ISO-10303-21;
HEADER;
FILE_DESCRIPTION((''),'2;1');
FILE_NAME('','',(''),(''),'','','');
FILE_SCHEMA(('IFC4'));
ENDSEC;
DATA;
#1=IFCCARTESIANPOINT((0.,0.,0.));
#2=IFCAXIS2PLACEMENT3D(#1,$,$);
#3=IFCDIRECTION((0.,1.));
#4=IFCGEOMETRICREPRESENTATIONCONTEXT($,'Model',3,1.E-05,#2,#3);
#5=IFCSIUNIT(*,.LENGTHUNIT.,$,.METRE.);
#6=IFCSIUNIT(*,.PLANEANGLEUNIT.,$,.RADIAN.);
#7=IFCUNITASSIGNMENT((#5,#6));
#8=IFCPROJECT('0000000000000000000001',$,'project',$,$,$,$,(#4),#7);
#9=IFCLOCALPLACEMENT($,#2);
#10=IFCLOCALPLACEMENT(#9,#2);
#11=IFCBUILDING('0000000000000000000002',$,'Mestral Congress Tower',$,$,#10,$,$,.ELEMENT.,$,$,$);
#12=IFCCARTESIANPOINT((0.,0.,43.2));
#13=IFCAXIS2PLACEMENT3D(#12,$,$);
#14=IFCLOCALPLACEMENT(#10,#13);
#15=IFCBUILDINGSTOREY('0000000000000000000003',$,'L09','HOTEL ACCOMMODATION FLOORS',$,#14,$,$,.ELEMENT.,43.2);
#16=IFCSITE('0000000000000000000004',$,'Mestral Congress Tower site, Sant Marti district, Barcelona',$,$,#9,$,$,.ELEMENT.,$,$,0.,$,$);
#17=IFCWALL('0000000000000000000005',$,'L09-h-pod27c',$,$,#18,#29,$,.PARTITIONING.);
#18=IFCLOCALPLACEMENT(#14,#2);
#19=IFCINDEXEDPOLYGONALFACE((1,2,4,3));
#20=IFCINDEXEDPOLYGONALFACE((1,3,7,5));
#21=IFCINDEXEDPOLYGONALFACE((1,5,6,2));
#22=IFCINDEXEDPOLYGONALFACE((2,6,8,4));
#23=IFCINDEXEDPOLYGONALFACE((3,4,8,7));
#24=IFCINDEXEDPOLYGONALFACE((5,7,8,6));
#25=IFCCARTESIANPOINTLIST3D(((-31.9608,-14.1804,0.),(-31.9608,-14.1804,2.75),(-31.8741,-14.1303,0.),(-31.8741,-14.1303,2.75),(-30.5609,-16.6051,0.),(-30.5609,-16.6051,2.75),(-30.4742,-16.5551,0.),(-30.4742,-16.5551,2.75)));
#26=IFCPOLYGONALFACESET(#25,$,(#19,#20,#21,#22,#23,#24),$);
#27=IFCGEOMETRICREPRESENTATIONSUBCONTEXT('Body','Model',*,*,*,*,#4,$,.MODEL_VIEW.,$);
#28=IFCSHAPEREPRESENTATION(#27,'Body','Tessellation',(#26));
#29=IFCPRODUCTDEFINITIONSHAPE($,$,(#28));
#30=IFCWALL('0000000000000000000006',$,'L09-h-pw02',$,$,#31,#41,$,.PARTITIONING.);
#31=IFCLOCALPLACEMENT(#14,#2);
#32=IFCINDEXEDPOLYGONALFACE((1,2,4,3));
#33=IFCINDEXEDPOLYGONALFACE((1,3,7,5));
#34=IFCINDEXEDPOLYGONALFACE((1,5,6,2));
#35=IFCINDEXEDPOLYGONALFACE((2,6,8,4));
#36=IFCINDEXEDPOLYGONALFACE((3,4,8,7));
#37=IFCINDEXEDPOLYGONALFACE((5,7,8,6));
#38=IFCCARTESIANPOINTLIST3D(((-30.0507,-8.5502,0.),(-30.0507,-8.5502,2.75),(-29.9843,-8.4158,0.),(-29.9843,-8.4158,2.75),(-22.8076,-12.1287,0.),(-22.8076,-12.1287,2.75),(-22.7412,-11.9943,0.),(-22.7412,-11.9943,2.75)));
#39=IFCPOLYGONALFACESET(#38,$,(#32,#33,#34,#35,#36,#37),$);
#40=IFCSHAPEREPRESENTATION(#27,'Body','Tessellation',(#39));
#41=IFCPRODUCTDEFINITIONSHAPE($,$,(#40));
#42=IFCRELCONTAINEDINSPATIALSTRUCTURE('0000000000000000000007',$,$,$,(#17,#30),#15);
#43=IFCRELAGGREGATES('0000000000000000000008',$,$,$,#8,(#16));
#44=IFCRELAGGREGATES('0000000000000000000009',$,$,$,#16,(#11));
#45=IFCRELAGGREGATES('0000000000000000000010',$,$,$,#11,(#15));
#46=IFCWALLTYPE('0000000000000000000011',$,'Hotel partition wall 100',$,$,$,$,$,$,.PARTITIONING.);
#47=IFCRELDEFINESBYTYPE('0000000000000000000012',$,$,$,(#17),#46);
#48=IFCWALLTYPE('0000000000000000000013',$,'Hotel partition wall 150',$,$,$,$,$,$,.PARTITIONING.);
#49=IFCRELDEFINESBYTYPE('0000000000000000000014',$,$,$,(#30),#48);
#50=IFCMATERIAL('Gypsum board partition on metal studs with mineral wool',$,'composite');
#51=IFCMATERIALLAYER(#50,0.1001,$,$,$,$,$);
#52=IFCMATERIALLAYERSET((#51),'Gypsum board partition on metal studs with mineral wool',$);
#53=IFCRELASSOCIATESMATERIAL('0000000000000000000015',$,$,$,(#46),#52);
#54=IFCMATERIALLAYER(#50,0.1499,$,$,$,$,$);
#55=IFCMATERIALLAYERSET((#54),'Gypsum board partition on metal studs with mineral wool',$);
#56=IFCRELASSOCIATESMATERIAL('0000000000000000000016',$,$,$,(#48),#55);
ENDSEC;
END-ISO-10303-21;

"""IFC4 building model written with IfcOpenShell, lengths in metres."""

from ifc_helpers import new_model, si_unit, direction, frame, frame_2d, origin, place, context, subcontext, project, spatial, rectangle, extrude, material, layer, layer_set, type_object, element, save


model = new_model("IFC4")

# Units and contexts
model_context = context("Model", 3, precision=1e-05, world=origin(), true_north=direction((0.0, 1.0)))
body_context = subcontext(model_context, "Body", "Model", "MODEL_VIEW")
ifc_project = project(units=[si_unit("LENGTHUNIT", "METRE"), si_unit("PLANEANGLEUNIT", "RADIAN")], contexts=[model_context])

# Site, building, storey
site_placement = place(None, origin())
site = spatial("IfcSite", under=ifc_project, at=site_placement, Name="Mestral Congress Tower site, Sant Marti district, Barcelona", CompositionType="ELEMENT", RefElevation=0.0)
building_placement = place(site_placement, origin())
building = spatial("IfcBuilding", under=site, at=building_placement, Name="Mestral Congress Tower", CompositionType="ELEMENT")
storey_placement = place(building_placement, frame((0.0, 0.0, 43.2)))
storey = spatial("IfcBuildingStorey", under=building, at=storey_placement, Name="L09", Description="HOTEL ACCOMMODATION FLOORS", CompositionType="ELEMENT", Elevation=43.2)

# Walls
ifc_material_1 = material(Name="Gypsum board partition on metal studs with mineral wool", Category="composite")
ifc_layer_1 = layer(ifc_material_1, 0.1001)
ifc_layer_set_1 = layer_set([ifc_layer_1], Name="Gypsum board partition on metal studs with mineral wool")
wall_type_1 = type_object("IfcWallType", Name="Hotel partition wall 100", PredefinedType="PARTITIONING", material=ifc_layer_set_1)
wall_1_placement = place(storey_placement, frame((-30.5176, -16.5801, 0.0), z_axis=(0.0, 0.0, 1.0), x_axis=(-0.499984, 0.866035, 0.0)))
element("IfcWall", 1, at=wall_1_placement, inside=storey, type_object=wall_type_1, Name="L09-h-pod27c", PredefinedType="PARTITIONING", context=body_context, shape_type="SweptSolid", body=[
    extrude(rectangle(XDim=2.7998, YDim=0.1001, at=frame_2d((1.3999, 0.0))), origin(), (0.0, 0.0, 1.0), 2.75),
])
ifc_layer_2 = layer(ifc_material_1, 0.1499)
ifc_layer_set_2 = layer_set([ifc_layer_2], Name="Gypsum board partition on metal studs with mineral wool")
wall_type_2 = type_object("IfcWallType", Name="Hotel partition wall 150", PredefinedType="PARTITIONING", material=ifc_layer_set_2)
wall_2_placement = place(storey_placement, frame((-30.0176, -8.4829, 0.0), z_axis=(0.0, 0.0, 1.0), x_axis=(0.896545, -0.442954, 0.0)))
element("IfcWall", 2, at=wall_2_placement, inside=storey, type_object=wall_type_2, Name="L09-h-pw02", PredefinedType="PARTITIONING", context=body_context, shape_type="SweptSolid", body=[
    extrude(rectangle(XDim=8.0789, YDim=0.1499, at=frame_2d((4.0396, 0.0))), origin(), (0.0, 0.0, 1.0), 2.75),
])

save(model, "model.ifc")
